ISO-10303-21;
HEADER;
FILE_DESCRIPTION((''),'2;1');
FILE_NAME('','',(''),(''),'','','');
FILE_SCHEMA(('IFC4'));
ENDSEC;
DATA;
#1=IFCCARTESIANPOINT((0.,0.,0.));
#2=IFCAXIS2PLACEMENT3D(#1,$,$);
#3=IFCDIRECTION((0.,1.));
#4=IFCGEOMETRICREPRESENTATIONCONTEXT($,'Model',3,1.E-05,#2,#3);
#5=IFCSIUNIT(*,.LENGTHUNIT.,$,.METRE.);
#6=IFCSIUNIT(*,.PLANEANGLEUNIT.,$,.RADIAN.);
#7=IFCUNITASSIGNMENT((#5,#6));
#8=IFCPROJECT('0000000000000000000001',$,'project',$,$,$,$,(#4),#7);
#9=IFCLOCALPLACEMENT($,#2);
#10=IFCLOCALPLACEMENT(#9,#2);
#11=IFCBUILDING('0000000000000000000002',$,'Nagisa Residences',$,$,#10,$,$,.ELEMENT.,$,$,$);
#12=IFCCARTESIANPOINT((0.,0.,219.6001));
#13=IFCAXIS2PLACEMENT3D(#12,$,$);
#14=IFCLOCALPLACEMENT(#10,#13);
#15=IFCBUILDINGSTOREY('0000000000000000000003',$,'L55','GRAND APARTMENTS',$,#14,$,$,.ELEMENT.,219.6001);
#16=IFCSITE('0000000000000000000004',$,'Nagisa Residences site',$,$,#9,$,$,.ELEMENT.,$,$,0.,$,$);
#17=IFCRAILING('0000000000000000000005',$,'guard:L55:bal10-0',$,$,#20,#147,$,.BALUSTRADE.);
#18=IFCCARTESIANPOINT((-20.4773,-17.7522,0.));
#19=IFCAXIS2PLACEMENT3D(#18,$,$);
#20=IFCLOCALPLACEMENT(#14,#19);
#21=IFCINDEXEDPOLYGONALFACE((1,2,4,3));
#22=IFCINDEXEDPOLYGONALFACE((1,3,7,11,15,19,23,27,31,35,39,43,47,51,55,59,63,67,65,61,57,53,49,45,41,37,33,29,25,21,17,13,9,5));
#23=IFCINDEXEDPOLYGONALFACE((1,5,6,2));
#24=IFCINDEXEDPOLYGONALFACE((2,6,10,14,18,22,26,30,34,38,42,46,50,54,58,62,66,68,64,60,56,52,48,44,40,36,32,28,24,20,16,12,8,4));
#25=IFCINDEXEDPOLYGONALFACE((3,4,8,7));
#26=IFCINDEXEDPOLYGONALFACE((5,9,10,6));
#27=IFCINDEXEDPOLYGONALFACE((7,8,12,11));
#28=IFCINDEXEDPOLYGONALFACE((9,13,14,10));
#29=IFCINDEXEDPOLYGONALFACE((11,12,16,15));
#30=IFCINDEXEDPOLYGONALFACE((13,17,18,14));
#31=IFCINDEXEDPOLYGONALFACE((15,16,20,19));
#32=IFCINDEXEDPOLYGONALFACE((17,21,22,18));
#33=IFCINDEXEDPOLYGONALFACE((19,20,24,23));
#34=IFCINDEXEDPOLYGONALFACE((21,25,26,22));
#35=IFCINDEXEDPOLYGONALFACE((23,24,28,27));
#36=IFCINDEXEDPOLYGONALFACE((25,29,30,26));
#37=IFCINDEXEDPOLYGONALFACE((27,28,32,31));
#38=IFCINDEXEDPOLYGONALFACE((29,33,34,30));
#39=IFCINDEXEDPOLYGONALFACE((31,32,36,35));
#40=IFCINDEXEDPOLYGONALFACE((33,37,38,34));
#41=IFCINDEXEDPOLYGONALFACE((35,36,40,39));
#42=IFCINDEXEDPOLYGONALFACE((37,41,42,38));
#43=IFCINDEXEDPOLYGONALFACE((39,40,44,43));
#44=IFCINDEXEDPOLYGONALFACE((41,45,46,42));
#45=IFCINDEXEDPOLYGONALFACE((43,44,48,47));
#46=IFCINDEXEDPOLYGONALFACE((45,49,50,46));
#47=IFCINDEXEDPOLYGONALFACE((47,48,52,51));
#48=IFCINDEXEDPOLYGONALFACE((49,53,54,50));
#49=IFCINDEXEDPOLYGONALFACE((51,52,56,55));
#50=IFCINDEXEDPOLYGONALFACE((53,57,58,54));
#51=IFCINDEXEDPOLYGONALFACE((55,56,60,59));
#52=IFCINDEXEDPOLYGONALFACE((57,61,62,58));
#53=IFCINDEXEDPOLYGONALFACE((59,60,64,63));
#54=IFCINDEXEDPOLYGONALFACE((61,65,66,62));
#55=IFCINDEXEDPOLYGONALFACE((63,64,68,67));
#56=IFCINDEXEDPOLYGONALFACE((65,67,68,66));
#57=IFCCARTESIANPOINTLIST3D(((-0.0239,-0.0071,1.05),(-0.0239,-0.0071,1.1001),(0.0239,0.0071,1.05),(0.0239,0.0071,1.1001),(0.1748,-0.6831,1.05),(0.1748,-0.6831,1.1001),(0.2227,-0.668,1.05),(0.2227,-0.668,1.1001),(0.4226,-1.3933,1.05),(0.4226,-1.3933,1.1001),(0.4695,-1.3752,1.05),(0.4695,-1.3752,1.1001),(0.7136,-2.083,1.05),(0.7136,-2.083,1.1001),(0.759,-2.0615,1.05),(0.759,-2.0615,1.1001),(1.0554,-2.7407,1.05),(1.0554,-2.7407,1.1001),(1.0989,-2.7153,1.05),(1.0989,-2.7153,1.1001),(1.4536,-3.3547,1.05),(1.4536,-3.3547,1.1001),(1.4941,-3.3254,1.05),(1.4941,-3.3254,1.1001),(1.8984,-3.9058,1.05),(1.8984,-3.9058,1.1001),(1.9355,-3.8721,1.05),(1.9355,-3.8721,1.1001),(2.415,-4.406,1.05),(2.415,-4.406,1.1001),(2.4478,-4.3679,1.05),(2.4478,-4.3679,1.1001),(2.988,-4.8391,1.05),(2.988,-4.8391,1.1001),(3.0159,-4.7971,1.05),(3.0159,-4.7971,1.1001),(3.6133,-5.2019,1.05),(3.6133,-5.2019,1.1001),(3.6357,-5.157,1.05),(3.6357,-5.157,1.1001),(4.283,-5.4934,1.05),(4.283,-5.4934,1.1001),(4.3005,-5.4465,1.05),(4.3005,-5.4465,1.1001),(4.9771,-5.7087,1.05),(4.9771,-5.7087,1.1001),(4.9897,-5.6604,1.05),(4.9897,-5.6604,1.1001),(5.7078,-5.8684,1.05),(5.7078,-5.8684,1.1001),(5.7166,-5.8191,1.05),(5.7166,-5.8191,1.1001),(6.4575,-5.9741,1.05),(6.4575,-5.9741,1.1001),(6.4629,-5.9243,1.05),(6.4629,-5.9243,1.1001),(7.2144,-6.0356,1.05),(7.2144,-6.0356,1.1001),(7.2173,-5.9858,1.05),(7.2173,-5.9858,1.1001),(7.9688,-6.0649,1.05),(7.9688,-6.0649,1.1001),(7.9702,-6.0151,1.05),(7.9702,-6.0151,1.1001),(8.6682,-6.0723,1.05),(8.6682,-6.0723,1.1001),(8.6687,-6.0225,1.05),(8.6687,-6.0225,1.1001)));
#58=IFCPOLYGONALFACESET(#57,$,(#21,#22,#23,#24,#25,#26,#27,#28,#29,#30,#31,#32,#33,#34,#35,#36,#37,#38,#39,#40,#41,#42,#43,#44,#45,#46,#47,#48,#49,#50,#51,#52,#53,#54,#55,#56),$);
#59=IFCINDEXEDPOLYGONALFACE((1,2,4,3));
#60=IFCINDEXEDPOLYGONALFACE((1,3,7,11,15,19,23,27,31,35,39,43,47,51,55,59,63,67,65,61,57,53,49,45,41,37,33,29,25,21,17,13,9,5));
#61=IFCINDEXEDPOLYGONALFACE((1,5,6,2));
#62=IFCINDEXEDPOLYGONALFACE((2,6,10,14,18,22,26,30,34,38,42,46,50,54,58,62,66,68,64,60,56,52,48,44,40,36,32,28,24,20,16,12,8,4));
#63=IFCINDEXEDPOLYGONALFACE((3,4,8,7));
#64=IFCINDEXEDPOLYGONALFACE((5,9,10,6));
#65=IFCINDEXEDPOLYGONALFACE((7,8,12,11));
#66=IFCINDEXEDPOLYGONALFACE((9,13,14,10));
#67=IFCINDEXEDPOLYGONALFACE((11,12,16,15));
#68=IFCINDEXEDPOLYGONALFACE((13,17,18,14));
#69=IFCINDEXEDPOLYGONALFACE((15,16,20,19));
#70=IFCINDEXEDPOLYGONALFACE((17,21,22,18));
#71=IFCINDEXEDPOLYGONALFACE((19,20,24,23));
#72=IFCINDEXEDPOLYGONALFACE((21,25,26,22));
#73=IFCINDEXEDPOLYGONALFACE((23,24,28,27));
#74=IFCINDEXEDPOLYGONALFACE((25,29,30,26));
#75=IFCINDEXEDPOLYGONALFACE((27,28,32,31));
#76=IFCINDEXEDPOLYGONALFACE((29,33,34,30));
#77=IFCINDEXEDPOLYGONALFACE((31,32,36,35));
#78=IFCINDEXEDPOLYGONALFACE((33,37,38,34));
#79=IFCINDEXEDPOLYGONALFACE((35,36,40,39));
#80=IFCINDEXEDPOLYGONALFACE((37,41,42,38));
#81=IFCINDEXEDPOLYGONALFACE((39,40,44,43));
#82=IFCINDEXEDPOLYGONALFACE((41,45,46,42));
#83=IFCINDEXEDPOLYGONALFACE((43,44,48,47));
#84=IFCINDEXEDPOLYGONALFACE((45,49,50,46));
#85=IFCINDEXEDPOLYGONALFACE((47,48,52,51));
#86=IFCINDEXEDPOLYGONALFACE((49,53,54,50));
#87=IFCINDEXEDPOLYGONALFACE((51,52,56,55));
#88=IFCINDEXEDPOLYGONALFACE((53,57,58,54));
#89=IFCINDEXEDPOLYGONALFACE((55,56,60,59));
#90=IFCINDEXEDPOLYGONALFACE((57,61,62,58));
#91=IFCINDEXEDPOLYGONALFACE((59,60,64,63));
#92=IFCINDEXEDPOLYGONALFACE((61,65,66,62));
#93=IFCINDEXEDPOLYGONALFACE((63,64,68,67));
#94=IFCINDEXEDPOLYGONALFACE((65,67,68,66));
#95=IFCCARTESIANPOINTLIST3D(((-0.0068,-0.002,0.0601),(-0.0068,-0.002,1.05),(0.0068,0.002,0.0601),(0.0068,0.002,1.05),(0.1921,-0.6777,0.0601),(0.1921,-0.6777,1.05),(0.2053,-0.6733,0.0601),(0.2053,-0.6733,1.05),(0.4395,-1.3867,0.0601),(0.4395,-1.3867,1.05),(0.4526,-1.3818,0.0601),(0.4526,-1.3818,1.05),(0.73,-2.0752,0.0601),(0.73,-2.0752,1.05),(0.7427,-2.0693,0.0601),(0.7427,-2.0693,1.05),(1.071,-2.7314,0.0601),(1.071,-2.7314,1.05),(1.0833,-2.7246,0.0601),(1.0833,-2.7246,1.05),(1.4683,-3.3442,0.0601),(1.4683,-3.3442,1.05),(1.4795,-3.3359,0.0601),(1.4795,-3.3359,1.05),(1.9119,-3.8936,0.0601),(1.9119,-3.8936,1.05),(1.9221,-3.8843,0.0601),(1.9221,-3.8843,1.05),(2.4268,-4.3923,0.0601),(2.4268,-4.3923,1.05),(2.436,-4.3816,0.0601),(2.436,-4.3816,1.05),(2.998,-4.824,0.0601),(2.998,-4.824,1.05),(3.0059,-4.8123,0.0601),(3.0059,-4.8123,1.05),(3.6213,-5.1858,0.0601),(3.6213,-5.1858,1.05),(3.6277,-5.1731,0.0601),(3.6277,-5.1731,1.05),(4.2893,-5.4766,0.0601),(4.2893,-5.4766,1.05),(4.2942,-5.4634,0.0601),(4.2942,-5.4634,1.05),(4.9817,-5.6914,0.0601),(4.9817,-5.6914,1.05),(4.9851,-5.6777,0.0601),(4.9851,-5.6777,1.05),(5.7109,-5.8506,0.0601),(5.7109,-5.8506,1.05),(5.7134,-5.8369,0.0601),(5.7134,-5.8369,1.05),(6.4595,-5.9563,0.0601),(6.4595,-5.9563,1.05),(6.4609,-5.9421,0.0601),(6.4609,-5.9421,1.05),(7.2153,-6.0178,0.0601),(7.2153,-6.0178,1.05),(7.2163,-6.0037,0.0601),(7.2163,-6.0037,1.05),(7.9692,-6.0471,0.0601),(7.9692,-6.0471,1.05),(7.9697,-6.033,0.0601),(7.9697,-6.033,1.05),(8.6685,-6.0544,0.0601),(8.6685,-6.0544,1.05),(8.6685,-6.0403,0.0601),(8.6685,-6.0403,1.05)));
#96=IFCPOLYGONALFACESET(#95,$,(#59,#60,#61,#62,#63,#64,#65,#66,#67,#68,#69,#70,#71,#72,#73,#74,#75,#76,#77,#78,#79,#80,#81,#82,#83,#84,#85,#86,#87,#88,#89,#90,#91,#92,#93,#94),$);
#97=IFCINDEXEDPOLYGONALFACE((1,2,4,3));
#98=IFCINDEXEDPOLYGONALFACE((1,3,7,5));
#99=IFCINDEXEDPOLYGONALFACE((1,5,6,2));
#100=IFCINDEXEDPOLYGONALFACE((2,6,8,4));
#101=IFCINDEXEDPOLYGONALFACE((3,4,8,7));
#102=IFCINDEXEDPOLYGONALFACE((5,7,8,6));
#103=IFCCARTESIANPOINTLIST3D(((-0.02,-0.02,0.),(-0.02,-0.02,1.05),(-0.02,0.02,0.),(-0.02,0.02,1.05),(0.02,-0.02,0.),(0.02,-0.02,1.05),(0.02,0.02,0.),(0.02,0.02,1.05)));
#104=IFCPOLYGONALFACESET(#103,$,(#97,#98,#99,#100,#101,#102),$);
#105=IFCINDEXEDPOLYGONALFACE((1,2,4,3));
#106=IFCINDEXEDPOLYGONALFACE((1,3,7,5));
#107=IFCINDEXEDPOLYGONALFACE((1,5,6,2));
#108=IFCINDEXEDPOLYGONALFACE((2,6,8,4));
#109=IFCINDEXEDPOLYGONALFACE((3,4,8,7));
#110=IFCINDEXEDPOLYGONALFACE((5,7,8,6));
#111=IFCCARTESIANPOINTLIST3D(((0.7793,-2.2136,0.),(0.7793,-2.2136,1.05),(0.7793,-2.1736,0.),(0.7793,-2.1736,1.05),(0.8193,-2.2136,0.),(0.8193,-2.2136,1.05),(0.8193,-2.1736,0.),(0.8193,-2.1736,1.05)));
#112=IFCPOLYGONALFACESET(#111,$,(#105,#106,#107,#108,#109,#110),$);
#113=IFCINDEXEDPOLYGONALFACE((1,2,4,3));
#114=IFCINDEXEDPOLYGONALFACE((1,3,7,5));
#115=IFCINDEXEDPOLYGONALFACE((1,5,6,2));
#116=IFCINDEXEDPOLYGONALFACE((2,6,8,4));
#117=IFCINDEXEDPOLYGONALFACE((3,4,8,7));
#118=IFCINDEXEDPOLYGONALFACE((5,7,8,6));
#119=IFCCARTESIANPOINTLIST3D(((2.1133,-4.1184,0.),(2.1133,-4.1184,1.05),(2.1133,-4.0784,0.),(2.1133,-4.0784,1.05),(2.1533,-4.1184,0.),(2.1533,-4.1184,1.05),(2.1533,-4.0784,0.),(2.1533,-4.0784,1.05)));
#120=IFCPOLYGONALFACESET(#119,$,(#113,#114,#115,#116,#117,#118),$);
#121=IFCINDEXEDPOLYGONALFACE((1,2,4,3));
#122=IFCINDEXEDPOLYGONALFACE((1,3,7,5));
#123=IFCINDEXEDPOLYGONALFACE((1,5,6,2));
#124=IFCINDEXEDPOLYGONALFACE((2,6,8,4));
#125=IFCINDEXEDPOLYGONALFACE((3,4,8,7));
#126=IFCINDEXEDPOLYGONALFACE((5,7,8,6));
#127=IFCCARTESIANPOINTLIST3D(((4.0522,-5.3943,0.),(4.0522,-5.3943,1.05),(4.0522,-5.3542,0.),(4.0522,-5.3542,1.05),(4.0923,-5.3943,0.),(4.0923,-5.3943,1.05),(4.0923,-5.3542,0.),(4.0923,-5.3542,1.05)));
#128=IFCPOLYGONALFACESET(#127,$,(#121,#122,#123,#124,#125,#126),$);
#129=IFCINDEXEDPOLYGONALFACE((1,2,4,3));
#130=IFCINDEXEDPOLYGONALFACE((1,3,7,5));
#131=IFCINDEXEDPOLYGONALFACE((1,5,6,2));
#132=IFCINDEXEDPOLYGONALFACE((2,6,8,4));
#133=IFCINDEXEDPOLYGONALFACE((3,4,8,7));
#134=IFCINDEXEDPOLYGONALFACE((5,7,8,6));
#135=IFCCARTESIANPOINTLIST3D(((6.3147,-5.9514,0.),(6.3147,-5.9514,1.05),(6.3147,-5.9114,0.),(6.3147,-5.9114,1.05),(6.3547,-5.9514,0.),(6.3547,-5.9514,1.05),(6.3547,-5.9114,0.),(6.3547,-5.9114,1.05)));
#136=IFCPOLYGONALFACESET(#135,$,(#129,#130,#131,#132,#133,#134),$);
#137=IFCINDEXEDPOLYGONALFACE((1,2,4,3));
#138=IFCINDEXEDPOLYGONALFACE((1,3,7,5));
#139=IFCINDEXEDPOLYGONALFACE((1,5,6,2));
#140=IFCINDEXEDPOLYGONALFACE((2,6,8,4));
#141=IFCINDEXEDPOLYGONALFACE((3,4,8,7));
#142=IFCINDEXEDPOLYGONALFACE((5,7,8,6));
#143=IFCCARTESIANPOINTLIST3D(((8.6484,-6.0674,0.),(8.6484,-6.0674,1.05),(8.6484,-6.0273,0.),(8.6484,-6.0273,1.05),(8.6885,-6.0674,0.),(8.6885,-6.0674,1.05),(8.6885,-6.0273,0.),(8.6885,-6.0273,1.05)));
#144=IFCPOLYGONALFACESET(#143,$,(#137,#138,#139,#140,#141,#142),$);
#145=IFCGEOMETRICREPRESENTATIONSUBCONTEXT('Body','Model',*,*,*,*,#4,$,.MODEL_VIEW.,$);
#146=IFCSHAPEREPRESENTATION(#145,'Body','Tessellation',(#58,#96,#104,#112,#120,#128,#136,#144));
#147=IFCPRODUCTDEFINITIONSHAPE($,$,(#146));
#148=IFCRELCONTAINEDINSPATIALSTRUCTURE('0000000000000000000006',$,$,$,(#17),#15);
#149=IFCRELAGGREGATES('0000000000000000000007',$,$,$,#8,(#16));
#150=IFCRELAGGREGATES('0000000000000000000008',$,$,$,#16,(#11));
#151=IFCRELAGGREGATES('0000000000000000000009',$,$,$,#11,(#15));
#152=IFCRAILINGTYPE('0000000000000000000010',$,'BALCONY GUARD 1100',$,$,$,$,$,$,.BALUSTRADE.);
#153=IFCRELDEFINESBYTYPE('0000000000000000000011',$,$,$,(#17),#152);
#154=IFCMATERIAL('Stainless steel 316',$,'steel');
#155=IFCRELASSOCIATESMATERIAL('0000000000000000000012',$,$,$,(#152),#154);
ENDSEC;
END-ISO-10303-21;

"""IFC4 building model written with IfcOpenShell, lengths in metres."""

from ifc_helpers import new_model, si_unit, direction, frame, origin, origin_2d, place, context, subcontext, project, spatial, polyline, rectangle, outline, extrude, material, type_object, element, save


model = new_model("IFC4")

# Units and contexts
model_context = context("Model", 3, precision=1e-05, world=origin(), true_north=direction((0.0, 1.0)))
body_context = subcontext(model_context, "Body", "Model", "MODEL_VIEW")
ifc_project = project(units=[si_unit("LENGTHUNIT", "METRE"), si_unit("PLANEANGLEUNIT", "RADIAN")], contexts=[model_context])

# Site, building, storey
site_placement = place(None, origin())
site = spatial("IfcSite", under=ifc_project, at=site_placement, Name="Nagisa Residences site", CompositionType="ELEMENT", RefElevation=0.0)
building_placement = place(site_placement, origin())
building = spatial("IfcBuilding", under=site, at=building_placement, Name="Nagisa Residences", CompositionType="ELEMENT")
storey_placement = place(building_placement, frame((0.0, 0.0, 219.6001)))
storey = spatial("IfcBuildingStorey", under=building, at=storey_placement, Name="L55", Description="GRAND APARTMENTS", CompositionType="ELEMENT", Elevation=219.6001)

# Railing
ifc_material_1 = material(Name="Stainless steel 316", Category="steel")
railing_type = type_object("IfcRailingType", Name="BALCONY GUARD 1100", PredefinedType="BALUSTRADE", material=ifc_material_1)
railing_1_placement = place(storey_placement, frame((-20.4773, -17.7522, 0.0)))
element("IfcRailing", 1, at=railing_1_placement, inside=storey, type_object=railing_type, Name="guard:L55:bal10-0", PredefinedType="BALUSTRADE", context=body_context, shape_type="SweptSolid", body=[
    extrude(outline(polyline([(0.2227, -0.668), (0.0239, 0.0071), (-0.0239, -0.0071), (0.1748, -0.6831), (0.4226, -1.3933), (0.7136, -2.083), (1.0554, -2.7407), (1.4536, -3.3547), (1.8984, -3.9058), (2.415, -4.406), (2.988, -4.8391), (3.6133, -5.2019), (4.283, -5.4934), (4.9771, -5.7087), (5.7078, -5.8684), (6.4575, -5.9741), (7.2144, -6.0356), (7.9688, -6.0649), (8.6682, -6.0723), (8.6687, -6.0225), (7.9702, -6.0151), (7.2173, -5.9858), (6.4629, -5.9243), (5.7166, -5.8191), (4.9897, -5.6604), (4.3005, -5.4465), (3.6357, -5.157), (3.0159, -4.7971), (2.4478, -4.3679), (1.9355, -3.8721), (1.4941, -3.3254), (1.0989, -2.7153), (0.759, -2.0615), (0.4695, -1.3752), (0.2227, -0.668)])), frame((0.0, 0.0, 1.05)), (0.0, 0.0, 1.0), 0.05),
    extrude(outline(polyline([(0.2053, -0.6733), (0.0068, 0.002), (-0.0068, -0.002), (0.1921, -0.6777), (0.4395, -1.3867), (0.73, -2.0752), (1.071, -2.7314), (1.4683, -3.3442), (1.9119, -3.8936), (2.4268, -4.3923), (2.998, -4.824), (3.6213, -5.1858), (4.2893, -5.4766), (4.9817, -5.6914), (5.7109, -5.8506), (6.4595, -5.9563), (7.2153, -6.0178), (7.9692, -6.0471), (8.6685, -6.0544), (8.6685, -6.0403), (7.9697, -6.033), (7.2163, -6.0037), (6.4609, -5.9421), (5.7134, -5.8369), (4.9851, -5.6777), (4.2942, -5.4634), (3.6277, -5.1731), (3.0059, -4.8123), (2.436, -4.3816), (1.9221, -3.8843), (1.4795, -3.3359), (1.0833, -2.7246), (0.7427, -2.0693), (0.4526, -1.3818), (0.2053, -0.6733)])), frame((0.0, 0.0, 0.0601)), (0.0, 0.0, 1.0), 0.99),
    extrude(rectangle(XDim=0.04, YDim=0.04, at=origin_2d()), origin(), (0.0, 0.0, 1.0), 1.05),
    extrude(rectangle(XDim=0.04, YDim=0.04, at=origin_2d()), frame((0.7993, -2.1936, 0.0)), (0.0, 0.0, 1.0), 1.05),
    extrude(rectangle(XDim=0.04, YDim=0.04, at=origin_2d()), frame((2.1333, -4.0984, 0.0)), (0.0, 0.0, 1.0), 1.05),
    extrude(rectangle(XDim=0.04, YDim=0.04, at=origin_2d()), frame((4.0723, -5.3743, 0.0)), (0.0, 0.0, 1.0), 1.05),
    extrude(rectangle(XDim=0.04, YDim=0.04, at=origin_2d()), frame((6.3347, -5.9314, 0.0)), (0.0, 0.0, 1.0), 1.05),
    extrude(rectangle(XDim=0.04, YDim=0.04, at=origin_2d()), frame((8.6685, -6.0474, 0.0)), (0.0, 0.0, 1.0), 1.05),
])

save(model, "model.ifc")
